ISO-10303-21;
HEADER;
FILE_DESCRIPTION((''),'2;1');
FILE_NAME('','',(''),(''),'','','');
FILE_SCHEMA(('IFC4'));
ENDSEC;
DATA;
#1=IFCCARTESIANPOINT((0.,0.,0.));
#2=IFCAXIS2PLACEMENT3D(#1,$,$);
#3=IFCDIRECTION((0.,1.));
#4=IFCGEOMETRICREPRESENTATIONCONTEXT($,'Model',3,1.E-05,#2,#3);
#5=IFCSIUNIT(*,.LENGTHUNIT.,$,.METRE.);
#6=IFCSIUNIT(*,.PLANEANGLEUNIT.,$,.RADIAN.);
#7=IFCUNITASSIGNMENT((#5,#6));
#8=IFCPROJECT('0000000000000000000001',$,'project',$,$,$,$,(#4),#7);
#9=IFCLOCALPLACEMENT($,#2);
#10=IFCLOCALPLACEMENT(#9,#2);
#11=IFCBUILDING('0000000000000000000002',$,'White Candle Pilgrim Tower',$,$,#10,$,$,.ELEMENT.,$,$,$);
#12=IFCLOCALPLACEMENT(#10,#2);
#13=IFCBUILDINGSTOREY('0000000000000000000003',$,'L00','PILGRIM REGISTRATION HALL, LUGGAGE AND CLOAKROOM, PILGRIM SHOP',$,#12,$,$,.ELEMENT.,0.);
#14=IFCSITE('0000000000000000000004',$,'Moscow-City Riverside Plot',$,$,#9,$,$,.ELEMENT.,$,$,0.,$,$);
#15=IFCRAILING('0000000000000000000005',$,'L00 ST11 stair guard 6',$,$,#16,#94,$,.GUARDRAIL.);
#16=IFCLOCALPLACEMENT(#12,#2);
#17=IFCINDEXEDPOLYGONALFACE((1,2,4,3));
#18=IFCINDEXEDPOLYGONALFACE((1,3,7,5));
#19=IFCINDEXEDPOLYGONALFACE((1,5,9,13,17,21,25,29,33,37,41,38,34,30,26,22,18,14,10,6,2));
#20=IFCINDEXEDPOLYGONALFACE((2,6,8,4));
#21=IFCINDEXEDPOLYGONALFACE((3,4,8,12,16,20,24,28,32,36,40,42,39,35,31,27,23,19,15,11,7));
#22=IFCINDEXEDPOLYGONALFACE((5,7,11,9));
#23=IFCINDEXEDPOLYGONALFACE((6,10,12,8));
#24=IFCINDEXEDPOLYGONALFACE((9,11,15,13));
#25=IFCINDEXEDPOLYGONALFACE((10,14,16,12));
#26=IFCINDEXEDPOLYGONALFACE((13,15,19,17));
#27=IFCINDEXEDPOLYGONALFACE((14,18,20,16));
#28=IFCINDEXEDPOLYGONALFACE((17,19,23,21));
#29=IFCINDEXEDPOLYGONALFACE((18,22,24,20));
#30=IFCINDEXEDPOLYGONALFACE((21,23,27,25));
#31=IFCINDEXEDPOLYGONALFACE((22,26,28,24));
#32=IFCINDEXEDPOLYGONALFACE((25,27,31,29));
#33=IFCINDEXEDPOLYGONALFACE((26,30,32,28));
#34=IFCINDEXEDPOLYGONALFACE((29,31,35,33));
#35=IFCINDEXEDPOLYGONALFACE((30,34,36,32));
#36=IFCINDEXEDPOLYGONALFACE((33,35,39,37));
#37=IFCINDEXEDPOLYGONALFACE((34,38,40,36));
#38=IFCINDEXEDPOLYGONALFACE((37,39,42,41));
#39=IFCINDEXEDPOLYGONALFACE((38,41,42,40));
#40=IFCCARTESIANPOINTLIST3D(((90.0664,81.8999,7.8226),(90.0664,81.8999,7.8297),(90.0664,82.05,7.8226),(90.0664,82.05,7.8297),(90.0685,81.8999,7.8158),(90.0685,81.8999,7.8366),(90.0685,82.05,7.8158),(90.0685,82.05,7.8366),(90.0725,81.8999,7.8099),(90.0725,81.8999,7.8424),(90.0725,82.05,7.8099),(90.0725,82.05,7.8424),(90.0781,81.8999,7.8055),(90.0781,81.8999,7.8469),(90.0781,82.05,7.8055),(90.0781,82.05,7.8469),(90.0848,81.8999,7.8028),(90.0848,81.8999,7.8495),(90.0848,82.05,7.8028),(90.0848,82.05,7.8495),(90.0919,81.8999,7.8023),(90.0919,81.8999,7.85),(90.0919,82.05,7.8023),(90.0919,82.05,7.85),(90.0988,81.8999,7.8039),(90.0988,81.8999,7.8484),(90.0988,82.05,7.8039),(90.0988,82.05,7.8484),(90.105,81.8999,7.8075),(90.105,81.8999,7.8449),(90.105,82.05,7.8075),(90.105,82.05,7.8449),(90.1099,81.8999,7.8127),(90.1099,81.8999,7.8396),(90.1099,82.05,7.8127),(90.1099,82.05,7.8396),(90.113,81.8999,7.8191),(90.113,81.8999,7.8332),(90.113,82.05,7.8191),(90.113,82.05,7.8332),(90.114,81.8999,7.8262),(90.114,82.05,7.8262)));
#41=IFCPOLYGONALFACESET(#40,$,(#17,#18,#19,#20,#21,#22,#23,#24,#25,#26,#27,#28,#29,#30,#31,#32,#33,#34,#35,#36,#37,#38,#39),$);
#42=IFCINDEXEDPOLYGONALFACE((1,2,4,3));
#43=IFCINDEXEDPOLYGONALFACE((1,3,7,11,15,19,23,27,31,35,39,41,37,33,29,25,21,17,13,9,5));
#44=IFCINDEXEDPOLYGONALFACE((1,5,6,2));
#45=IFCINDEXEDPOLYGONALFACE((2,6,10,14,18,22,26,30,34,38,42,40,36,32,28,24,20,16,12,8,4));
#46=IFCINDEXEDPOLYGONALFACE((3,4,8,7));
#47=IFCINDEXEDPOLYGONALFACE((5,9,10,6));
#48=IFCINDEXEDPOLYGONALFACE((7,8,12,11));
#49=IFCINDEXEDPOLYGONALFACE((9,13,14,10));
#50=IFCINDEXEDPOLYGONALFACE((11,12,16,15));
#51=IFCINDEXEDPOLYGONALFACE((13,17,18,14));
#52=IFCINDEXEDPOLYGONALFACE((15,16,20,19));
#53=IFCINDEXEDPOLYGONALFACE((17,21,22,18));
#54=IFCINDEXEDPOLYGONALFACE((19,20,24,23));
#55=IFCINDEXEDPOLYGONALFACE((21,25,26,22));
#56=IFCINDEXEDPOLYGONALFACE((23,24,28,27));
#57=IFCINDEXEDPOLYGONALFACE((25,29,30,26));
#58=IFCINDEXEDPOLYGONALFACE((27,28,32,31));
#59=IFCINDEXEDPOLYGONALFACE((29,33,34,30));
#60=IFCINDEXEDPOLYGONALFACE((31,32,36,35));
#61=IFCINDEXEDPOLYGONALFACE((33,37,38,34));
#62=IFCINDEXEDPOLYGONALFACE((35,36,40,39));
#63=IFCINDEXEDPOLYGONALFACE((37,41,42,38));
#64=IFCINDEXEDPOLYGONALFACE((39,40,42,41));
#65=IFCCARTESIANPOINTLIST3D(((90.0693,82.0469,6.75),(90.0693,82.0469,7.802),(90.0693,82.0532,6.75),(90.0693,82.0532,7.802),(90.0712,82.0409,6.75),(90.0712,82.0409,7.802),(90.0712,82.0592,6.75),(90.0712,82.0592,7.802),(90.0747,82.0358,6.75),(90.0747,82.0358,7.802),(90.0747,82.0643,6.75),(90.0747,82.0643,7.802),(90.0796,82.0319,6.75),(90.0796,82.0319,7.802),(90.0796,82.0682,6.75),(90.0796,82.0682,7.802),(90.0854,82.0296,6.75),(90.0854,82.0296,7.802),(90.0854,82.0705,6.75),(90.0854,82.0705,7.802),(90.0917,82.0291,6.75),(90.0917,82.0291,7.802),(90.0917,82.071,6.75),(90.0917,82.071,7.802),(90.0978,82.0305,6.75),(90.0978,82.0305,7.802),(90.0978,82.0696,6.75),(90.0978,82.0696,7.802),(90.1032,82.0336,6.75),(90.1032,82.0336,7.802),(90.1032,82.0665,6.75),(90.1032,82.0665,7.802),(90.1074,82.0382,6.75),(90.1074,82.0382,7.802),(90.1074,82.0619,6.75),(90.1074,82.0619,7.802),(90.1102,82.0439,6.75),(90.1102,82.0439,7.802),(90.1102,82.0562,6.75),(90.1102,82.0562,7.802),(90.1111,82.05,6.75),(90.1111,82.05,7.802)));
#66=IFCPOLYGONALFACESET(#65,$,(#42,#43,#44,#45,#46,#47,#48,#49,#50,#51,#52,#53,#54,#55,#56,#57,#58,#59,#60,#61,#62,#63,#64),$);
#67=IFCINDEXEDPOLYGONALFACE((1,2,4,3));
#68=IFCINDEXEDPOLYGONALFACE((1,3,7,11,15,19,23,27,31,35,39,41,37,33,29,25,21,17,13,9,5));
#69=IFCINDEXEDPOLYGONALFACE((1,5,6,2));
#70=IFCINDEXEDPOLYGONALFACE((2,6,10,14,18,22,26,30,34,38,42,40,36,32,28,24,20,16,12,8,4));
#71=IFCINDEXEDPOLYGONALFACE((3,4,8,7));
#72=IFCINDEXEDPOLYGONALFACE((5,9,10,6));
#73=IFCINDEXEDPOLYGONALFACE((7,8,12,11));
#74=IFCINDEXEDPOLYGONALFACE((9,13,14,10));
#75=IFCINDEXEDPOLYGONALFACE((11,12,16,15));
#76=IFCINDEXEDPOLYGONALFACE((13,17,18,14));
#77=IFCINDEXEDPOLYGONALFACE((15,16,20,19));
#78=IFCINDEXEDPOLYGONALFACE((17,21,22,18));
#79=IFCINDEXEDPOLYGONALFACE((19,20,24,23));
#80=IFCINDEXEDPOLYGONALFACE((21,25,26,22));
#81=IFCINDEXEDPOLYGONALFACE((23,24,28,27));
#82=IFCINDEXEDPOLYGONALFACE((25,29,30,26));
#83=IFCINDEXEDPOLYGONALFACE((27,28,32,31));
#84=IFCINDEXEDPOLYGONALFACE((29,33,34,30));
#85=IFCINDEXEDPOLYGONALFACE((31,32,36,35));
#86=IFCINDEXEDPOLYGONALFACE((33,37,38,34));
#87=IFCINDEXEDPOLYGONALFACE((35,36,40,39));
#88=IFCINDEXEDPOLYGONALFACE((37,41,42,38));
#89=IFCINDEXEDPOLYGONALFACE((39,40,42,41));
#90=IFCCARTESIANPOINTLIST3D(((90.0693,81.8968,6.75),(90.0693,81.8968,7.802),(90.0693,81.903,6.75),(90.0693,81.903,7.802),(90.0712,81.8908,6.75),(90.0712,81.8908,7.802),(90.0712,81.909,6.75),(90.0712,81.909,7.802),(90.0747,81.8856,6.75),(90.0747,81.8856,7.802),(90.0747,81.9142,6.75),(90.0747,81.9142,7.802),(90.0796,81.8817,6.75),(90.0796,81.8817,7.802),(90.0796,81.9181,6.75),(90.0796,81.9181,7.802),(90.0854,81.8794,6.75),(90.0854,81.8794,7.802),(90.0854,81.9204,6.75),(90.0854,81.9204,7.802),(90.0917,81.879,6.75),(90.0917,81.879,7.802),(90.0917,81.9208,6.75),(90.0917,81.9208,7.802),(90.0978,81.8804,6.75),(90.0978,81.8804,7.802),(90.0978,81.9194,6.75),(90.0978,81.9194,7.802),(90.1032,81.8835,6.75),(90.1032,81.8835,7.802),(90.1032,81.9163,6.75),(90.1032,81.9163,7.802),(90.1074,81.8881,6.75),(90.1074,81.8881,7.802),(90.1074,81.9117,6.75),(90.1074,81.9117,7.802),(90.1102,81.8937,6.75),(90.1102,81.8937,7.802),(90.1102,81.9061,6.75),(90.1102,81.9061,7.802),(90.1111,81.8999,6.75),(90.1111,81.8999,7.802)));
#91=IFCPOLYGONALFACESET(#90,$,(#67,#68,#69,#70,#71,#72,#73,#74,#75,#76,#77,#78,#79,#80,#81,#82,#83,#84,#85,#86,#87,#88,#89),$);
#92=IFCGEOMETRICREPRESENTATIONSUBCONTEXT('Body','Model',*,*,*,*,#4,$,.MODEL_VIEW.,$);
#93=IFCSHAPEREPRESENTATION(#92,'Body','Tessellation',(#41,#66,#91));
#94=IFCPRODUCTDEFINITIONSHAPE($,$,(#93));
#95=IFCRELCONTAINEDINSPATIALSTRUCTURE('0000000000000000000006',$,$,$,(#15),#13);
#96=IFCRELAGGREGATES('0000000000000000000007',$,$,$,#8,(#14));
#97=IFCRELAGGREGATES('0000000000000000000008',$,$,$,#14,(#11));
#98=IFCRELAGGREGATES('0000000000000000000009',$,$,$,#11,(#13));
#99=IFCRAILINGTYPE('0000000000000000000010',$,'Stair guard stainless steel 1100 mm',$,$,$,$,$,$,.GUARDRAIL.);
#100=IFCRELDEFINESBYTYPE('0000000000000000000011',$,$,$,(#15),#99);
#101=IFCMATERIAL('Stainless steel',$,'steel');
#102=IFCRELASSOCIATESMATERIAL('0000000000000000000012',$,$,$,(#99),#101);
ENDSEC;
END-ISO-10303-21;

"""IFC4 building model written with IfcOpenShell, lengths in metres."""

from ifc_helpers import new_model, si_unit, direction, frame, origin, origin_2d, place, context, subcontext, project, spatial, circle, extrude, material, type_object, element, save


model = new_model("IFC4")

# Units and contexts
model_context = context("Model", 3, precision=1e-05, world=origin(), true_north=direction((0.0, 1.0)))
body_context = subcontext(model_context, "Body", "Model", "MODEL_VIEW")
ifc_project = project(units=[si_unit("LENGTHUNIT", "METRE"), si_unit("PLANEANGLEUNIT", "RADIAN")], contexts=[model_context])

# Site, building, storey
site_placement = place(None, origin())
site = spatial("IfcSite", under=ifc_project, at=site_placement, Name="Moscow-City Riverside Plot", CompositionType="ELEMENT", RefElevation=0.0)
building_placement = place(site_placement, origin())
building = spatial("IfcBuilding", under=site, at=building_placement, Name="White Candle Pilgrim Tower", CompositionType="ELEMENT")
storey_placement = place(building_placement, origin())
storey = spatial("IfcBuildingStorey", under=building, at=storey_placement, Name="L00", Description="PILGRIM REGISTRATION HALL, LUGGAGE AND CLOAKROOM, PILGRIM SHOP", CompositionType="ELEMENT", Elevation=0.0)

# Railing
ifc_material_1 = material(Name="Stainless steel", Category="steel")
railing_type_1 = type_object("IfcRailingType", Name="Stair guard stainless steel 1100 mm", PredefinedType="GUARDRAIL", material=ifc_material_1)
railing_1_placement = place(storey_placement, frame((90.0901, 82.05, 6.75)))
element("IfcRailing", 1, at=railing_1_placement, inside=storey, type_object=railing_type_1, Name="L00 ST11 stair guard 6", PredefinedType="GUARDRAIL", context=body_context, shape_type="SweptSolid", body=[
    extrude(circle(Radius=0.0239, at=origin_2d()), frame((0.0, 0.0, 1.0762), z_axis=(0.0, -1.0, 0.0), x_axis=(1.0, 0.0, 0.0)), (0.0, 0.0, 1.0), 0.1501),
    extrude(circle(Radius=0.021, at=origin_2d()), origin(), (0.0, 0.0, 1.0), 1.052),
    extrude(circle(Radius=0.021, at=origin_2d()), frame((0.0, -0.1501, 0.0)), (0.0, 0.0, 1.0), 1.052),
])

save(model, "model.ifc")
